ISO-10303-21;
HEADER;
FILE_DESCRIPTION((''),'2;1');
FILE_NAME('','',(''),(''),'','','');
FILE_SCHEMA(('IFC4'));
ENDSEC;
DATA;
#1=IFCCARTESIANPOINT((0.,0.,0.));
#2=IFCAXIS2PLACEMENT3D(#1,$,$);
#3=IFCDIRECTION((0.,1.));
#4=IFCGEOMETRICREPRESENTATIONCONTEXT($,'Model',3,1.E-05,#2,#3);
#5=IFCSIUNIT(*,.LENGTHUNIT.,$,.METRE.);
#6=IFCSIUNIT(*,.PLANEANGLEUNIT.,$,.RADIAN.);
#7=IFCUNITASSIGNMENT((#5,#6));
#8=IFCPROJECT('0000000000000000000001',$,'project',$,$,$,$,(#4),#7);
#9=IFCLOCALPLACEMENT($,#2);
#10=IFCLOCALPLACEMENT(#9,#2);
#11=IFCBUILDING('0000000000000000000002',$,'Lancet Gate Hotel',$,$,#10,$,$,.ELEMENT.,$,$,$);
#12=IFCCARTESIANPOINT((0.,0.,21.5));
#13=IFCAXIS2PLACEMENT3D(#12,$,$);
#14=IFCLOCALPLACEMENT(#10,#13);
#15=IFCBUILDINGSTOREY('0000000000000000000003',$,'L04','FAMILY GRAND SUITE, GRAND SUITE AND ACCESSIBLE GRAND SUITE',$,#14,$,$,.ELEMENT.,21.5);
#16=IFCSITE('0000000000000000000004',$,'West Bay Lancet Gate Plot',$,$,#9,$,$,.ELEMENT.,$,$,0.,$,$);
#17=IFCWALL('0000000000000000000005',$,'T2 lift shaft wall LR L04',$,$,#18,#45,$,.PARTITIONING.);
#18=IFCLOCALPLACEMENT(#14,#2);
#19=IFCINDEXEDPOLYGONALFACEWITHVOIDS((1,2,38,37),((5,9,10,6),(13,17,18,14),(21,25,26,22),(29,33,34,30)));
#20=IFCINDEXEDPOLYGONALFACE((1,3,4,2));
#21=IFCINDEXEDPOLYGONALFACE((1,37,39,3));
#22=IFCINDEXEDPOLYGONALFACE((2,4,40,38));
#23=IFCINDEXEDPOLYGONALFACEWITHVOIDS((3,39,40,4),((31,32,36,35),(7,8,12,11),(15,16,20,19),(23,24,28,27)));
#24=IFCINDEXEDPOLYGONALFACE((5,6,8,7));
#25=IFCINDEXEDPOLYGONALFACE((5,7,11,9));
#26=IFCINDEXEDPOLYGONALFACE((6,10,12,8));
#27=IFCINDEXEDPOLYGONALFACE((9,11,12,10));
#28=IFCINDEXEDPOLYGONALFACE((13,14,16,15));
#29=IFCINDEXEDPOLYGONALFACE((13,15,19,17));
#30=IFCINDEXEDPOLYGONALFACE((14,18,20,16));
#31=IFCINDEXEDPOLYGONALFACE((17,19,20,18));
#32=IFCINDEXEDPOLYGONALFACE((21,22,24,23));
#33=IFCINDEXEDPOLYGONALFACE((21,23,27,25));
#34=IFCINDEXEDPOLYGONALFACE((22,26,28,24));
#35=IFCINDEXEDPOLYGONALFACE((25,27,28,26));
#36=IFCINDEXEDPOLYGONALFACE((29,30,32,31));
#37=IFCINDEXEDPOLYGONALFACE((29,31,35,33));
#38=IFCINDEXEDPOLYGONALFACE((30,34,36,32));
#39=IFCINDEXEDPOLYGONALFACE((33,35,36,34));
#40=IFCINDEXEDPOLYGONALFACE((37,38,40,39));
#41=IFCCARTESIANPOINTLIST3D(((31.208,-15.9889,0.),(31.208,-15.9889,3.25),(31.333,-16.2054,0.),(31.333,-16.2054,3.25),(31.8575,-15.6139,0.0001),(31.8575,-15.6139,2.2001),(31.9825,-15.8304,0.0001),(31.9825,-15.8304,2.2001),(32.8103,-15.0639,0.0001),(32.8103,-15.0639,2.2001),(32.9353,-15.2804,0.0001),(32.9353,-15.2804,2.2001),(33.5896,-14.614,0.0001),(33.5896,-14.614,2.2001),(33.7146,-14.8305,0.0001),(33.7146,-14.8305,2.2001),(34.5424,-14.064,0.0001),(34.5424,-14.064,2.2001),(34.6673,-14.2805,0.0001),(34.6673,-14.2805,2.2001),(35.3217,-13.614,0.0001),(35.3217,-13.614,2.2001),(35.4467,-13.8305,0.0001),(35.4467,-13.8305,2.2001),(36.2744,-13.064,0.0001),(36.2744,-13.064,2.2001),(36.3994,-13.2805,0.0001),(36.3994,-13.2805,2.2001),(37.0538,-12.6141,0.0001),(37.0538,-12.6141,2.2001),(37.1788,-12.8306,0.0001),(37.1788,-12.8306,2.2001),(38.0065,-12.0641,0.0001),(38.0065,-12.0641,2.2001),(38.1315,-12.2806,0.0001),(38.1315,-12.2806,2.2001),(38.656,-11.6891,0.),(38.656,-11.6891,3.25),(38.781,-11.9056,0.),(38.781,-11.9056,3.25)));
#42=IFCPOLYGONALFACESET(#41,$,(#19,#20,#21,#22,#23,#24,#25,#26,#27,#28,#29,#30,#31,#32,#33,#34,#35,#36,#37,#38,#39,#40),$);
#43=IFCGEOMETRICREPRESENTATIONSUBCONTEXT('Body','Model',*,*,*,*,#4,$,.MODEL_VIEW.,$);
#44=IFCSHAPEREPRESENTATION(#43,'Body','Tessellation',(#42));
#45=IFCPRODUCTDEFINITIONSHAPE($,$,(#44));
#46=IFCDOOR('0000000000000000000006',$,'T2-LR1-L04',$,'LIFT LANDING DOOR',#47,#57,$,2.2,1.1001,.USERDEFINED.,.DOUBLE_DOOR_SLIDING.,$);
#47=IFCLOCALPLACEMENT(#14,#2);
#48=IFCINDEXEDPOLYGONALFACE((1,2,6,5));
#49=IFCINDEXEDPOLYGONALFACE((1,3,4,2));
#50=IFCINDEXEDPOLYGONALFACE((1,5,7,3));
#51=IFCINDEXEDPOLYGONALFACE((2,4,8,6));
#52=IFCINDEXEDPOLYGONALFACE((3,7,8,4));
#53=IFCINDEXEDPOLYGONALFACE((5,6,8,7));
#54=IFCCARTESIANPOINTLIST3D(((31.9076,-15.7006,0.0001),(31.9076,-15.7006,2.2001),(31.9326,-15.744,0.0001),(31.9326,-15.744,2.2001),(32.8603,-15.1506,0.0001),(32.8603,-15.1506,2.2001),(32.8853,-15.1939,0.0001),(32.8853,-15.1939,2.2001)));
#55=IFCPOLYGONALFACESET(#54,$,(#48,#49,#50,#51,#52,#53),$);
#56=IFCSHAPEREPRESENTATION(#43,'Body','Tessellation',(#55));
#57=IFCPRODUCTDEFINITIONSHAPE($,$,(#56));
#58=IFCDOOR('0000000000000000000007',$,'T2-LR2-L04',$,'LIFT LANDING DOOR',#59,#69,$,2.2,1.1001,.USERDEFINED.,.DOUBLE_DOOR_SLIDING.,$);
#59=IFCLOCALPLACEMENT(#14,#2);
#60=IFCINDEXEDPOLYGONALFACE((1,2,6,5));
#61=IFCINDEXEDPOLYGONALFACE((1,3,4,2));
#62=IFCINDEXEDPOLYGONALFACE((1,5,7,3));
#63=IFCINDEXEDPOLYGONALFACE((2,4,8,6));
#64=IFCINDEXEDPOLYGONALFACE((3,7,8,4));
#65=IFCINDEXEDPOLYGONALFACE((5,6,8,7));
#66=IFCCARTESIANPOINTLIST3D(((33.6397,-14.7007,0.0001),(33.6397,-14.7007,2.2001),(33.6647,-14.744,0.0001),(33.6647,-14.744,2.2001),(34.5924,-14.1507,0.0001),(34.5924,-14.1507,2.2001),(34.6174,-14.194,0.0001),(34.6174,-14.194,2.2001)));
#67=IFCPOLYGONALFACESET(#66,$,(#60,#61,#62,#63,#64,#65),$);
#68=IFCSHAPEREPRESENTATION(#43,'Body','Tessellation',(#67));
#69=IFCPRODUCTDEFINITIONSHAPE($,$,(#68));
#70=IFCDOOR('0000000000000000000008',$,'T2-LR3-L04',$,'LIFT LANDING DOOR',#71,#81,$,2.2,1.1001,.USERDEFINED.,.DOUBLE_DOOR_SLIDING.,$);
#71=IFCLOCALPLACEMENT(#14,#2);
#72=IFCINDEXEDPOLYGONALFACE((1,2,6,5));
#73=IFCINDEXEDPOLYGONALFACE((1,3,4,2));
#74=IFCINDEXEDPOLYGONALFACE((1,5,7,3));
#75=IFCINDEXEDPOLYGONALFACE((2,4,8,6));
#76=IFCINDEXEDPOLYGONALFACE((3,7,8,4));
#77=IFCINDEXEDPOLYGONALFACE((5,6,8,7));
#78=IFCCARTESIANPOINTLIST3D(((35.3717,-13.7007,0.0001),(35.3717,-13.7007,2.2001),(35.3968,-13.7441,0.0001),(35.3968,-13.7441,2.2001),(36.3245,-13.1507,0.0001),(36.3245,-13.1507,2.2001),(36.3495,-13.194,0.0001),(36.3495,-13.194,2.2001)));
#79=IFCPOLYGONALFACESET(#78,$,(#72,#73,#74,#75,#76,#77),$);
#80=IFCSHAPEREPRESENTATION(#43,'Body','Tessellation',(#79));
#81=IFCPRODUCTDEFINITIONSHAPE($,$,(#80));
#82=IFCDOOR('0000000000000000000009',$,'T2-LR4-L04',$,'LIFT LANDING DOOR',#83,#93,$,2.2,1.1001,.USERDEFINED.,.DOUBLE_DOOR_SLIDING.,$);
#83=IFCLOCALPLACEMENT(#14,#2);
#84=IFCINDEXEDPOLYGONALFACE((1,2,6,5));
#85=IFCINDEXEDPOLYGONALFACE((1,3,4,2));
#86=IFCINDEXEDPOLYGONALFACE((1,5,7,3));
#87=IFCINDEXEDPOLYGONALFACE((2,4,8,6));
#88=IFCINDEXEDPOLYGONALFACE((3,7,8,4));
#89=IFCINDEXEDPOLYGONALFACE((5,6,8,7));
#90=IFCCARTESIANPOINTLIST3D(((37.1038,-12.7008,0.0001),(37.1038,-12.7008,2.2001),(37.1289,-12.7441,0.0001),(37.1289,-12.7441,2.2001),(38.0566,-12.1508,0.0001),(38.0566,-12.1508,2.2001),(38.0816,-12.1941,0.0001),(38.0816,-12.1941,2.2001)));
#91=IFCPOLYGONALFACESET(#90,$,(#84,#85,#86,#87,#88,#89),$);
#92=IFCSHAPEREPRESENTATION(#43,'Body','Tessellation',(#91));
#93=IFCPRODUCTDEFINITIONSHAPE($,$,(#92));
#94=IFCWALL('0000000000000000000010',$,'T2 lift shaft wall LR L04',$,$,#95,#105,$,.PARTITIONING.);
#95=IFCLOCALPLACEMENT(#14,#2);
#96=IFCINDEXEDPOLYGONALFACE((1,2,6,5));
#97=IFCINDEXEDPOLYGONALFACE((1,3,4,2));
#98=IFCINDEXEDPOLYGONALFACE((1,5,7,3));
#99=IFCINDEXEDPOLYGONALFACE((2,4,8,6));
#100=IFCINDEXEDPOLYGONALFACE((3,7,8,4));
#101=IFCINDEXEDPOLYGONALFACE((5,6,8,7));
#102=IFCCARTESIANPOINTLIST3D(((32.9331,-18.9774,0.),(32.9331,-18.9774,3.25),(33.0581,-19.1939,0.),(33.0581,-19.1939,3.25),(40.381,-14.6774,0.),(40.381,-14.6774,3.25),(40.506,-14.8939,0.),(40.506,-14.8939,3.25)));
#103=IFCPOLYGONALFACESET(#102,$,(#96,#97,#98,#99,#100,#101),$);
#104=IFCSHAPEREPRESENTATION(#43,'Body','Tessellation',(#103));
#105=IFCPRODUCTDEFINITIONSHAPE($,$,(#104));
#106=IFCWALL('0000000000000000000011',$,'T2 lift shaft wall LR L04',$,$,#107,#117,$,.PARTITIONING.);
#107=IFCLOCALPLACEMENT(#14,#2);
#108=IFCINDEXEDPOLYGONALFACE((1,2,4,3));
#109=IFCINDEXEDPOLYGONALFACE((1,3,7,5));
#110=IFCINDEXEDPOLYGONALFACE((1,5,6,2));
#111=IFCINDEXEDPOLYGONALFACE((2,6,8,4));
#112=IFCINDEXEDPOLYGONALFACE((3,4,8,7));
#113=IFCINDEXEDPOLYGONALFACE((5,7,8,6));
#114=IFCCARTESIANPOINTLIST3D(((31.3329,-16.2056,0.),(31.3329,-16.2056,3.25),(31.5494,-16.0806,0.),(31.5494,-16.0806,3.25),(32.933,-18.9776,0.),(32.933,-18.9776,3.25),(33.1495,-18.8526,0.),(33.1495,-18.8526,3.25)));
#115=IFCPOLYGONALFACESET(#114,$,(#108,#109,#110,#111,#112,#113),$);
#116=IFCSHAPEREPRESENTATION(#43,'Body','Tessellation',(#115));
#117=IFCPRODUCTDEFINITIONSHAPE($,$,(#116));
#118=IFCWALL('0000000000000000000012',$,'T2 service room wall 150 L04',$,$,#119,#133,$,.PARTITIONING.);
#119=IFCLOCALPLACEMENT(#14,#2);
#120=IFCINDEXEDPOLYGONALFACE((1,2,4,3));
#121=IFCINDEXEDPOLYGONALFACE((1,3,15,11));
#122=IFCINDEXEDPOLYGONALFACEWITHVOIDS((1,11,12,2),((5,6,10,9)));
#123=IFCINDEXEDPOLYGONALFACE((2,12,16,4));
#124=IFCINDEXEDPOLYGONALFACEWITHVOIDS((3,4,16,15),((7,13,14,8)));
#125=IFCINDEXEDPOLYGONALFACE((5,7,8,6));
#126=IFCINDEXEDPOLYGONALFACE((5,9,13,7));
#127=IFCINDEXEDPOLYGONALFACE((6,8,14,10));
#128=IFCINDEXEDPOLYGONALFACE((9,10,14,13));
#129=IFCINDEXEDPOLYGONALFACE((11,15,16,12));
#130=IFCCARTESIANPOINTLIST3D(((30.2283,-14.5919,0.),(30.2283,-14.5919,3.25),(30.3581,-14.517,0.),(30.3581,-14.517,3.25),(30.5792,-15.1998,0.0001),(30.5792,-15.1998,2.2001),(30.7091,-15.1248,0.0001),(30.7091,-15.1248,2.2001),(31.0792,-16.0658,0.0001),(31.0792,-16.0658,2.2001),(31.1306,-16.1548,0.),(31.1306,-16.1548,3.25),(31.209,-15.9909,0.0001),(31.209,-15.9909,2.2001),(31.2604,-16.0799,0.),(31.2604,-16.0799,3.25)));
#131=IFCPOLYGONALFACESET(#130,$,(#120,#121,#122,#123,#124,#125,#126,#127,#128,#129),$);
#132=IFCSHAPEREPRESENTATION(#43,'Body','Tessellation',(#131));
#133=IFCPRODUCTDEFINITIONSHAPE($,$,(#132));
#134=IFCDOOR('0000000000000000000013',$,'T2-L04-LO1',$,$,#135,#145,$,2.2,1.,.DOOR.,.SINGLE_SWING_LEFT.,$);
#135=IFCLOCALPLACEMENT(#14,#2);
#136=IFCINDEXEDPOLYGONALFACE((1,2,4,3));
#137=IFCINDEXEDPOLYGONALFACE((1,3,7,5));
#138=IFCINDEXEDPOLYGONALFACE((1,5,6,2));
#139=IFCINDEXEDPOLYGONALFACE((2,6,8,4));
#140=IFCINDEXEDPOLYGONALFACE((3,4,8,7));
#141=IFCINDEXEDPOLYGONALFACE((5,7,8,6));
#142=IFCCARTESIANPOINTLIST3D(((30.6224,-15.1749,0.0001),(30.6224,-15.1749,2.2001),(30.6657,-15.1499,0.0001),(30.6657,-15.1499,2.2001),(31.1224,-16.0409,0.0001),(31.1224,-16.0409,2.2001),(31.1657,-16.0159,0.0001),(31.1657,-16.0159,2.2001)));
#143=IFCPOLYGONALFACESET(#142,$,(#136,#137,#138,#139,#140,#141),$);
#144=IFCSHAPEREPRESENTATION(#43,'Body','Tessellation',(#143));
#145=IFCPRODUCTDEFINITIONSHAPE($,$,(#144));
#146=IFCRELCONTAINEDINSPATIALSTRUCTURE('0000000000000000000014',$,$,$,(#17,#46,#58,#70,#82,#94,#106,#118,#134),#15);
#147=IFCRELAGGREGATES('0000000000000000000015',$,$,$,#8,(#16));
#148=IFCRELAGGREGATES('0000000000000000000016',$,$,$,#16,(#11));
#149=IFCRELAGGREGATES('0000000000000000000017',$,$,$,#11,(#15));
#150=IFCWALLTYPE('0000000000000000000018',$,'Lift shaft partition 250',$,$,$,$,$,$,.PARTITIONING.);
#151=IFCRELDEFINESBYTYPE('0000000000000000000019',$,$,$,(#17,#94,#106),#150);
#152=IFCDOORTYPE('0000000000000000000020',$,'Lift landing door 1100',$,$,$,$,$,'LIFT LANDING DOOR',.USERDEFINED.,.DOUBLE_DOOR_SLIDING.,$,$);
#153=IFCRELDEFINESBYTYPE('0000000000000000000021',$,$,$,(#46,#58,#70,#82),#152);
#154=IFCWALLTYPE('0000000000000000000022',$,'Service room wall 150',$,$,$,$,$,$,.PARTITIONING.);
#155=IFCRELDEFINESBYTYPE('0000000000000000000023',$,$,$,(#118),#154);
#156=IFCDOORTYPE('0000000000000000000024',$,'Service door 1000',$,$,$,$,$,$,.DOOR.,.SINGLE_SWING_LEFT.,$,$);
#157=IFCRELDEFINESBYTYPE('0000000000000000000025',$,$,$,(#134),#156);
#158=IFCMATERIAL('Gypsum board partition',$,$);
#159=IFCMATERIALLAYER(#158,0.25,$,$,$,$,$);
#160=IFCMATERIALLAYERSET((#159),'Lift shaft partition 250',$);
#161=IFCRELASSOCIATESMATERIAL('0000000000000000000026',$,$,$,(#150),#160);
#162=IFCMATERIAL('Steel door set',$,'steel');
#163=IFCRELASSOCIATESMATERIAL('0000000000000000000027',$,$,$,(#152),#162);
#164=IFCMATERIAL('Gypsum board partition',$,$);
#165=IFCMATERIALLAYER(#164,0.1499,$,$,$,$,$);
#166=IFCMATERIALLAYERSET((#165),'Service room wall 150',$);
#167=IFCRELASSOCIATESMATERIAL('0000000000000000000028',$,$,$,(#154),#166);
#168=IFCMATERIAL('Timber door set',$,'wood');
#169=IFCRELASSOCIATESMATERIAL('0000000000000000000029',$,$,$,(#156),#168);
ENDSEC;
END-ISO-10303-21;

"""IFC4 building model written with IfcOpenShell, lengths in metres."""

from ifc_helpers import new_model, si_unit, direction, frame, frame_2d, origin, place, context, subcontext, project, spatial, rectangle, extrude, material, layer, layer_set, type_object, element, fill, save


model = new_model("IFC4")

# Units and contexts
model_context = context("Model", 3, precision=1e-05, world=origin(), true_north=direction((0.0, 1.0)))
body_context = subcontext(model_context, "Body", "Model", "MODEL_VIEW")
ifc_project = project(units=[si_unit("LENGTHUNIT", "METRE"), si_unit("PLANEANGLEUNIT", "RADIAN")], contexts=[model_context])

# Site, building, storey
site_placement = place(None, origin())
site = spatial("IfcSite", under=ifc_project, at=site_placement, Name="West Bay Lancet Gate Plot", CompositionType="ELEMENT", RefElevation=0.0)
building_placement = place(site_placement, origin())
building = spatial("IfcBuilding", under=site, at=building_placement, Name="Lancet Gate Hotel", CompositionType="ELEMENT")
storey_placement = place(building_placement, frame((0.0, 0.0, 21.5)))
storey = spatial("IfcBuildingStorey", under=building, at=storey_placement, Name="L04", Description="FAMILY GRAND SUITE, GRAND SUITE AND ACCESSIBLE GRAND SUITE", CompositionType="ELEMENT", Elevation=21.5)

# Wall, openings, doors
ifc_material_1 = material(Name="Gypsum board partition")
ifc_layer_1 = layer(ifc_material_1, 0.25)
ifc_layer_set_1 = layer_set([ifc_layer_1], Name="Lift shaft partition 250")
wall_type_1 = type_object("IfcWallType", Name="Lift shaft partition 250", PredefinedType="PARTITIONING", material=ifc_layer_set_1)
wall_1_placement = place(storey_placement, frame((31.2705, -16.0972, 0.0), z_axis=(0.0, 0.0, 1.0), x_axis=(0.86604, 0.499974, 0.0)))
wall_1 = element("IfcWall", 1, at=wall_1_placement, inside=storey, type_object=wall_type_1, Name="T2 lift shaft wall LR L04", PredefinedType="PARTITIONING", context=body_context, shape_type="SweptSolid", body=[
    extrude(rectangle(XDim=8.6001, YDim=0.25, at=frame_2d((4.3, 0.0))), origin(), (0.0, 0.0, 1.0), 3.25),
])
opening_1_placement = place(wall_1_placement, frame((0.75, 0.0, 0.0)))
opening_1 = element("IfcOpeningElement", 2, at=opening_1_placement, cuts=wall_1, PredefinedType="OPENING", context=body_context, shape_type="SweptSolid", body=[
    extrude(rectangle(XDim=1.1001, YDim=2.2, at=frame_2d((0.55, 1.1001))), frame((0.0, 0.135, 0.0), z_axis=(0.0, -1.0, 0.0), x_axis=(1.0, 0.0, 0.0)), (0.0, 0.0, 1.0), 0.27),
])
opening_2_placement = place(wall_1_placement, frame((2.75, 0.0, 0.0)))
opening_2 = element("IfcOpeningElement", 3, at=opening_2_placement, cuts=wall_1, PredefinedType="OPENING", context=body_context, shape_type="SweptSolid", body=[
    extrude(rectangle(XDim=1.1001, YDim=2.2, at=frame_2d((0.55, 1.1001))), frame((0.0, 0.135, 0.0), z_axis=(0.0, -1.0, 0.0), x_axis=(1.0, 0.0, 0.0)), (0.0, 0.0, 1.0), 0.27),
])
opening_3_placement = place(wall_1_placement, frame((4.75, 0.0, 0.0)))
opening_3 = element("IfcOpeningElement", 4, at=opening_3_placement, cuts=wall_1, PredefinedType="OPENING", context=body_context, shape_type="SweptSolid", body=[
    extrude(rectangle(XDim=1.1001, YDim=2.2, at=frame_2d((0.55, 1.1001))), frame((0.0, 0.135, 0.0), z_axis=(0.0, -1.0, 0.0), x_axis=(1.0, 0.0, 0.0)), (0.0, 0.0, 1.0), 0.27),
])
opening_4_placement = place(wall_1_placement, frame((6.75, 0.0, 0.0)))
opening_4 = element("IfcOpeningElement", 5, at=opening_4_placement, cuts=wall_1, PredefinedType="OPENING", context=body_context, shape_type="SweptSolid", body=[
    extrude(rectangle(XDim=1.1001, YDim=2.2, at=frame_2d((0.55, 1.1001))), frame((0.0, 0.135, 0.0), z_axis=(0.0, -1.0, 0.0), x_axis=(1.0, 0.0, 0.0)), (0.0, 0.0, 1.0), 0.27),
])
ifc_material_2 = material(Name="Steel door set", Category="steel")
door_type_1 = type_object("IfcDoorType", Name="Lift landing door 1100", ElementType="LIFT LANDING DOOR", OperationType="DOUBLE_DOOR_SLIDING", PredefinedType="USERDEFINED", material=ifc_material_2)
door_1_placement = place(opening_1_placement, origin())
door_1 = element("IfcDoor", 6, at=door_1_placement, inside=storey, type_object=door_type_1, Name="T2-LR1-L04", ObjectType="LIFT LANDING DOOR", OperationType="DOUBLE_DOOR_SLIDING", OverallHeight=2.2, OverallWidth=1.1001, PredefinedType="USERDEFINED", context=body_context, shape_type="SweptSolid", body=[
    extrude(rectangle(XDim=1.1001, YDim=2.2, at=frame_2d((0.55, 1.1001))), frame((0.0, 0.0249, 0.0), z_axis=(0.0, -1.0, 0.0), x_axis=(1.0, 0.0, 0.0)), (0.0, 0.0, 1.0), 0.05),
])
fill(opening_1, door_1)
door_2_placement = place(opening_2_placement, origin())
door_2 = element("IfcDoor", 7, at=door_2_placement, inside=storey, type_object=door_type_1, Name="T2-LR2-L04", ObjectType="LIFT LANDING DOOR", OperationType="DOUBLE_DOOR_SLIDING", OverallHeight=2.2, OverallWidth=1.1001, PredefinedType="USERDEFINED", context=body_context, shape_type="SweptSolid", body=[
    extrude(rectangle(XDim=1.1001, YDim=2.2, at=frame_2d((0.55, 1.1001))), frame((0.0, 0.0249, 0.0), z_axis=(0.0, -1.0, 0.0), x_axis=(1.0, 0.0, 0.0)), (0.0, 0.0, 1.0), 0.05),
])
fill(opening_2, door_2)
door_3_placement = place(opening_3_placement, origin())
door_3 = element("IfcDoor", 8, at=door_3_placement, inside=storey, type_object=door_type_1, Name="T2-LR3-L04", ObjectType="LIFT LANDING DOOR", OperationType="DOUBLE_DOOR_SLIDING", OverallHeight=2.2, OverallWidth=1.1001, PredefinedType="USERDEFINED", context=body_context, shape_type="SweptSolid", body=[
    extrude(rectangle(XDim=1.1001, YDim=2.2, at=frame_2d((0.55, 1.1001))), frame((0.0, 0.0249, 0.0), z_axis=(0.0, -1.0, 0.0), x_axis=(1.0, 0.0, 0.0)), (0.0, 0.0, 1.0), 0.05),
])
fill(opening_3, door_3)
door_4_placement = place(opening_4_placement, origin())
door_4 = element("IfcDoor", 9, at=door_4_placement, inside=storey, type_object=door_type_1, Name="T2-LR4-L04", ObjectType="LIFT LANDING DOOR", OperationType="DOUBLE_DOOR_SLIDING", OverallHeight=2.2, OverallWidth=1.1001, PredefinedType="USERDEFINED", context=body_context, shape_type="SweptSolid", body=[
    extrude(rectangle(XDim=1.1001, YDim=2.2, at=frame_2d((0.55, 1.1001))), frame((0.0, 0.0249, 0.0), z_axis=(0.0, -1.0, 0.0), x_axis=(1.0, 0.0, 0.0)), (0.0, 0.0, 1.0), 0.05),
])
fill(opening_4, door_4)

# Walls
wall_2_placement = place(storey_placement, frame((32.9956, -19.0857, 0.0), z_axis=(0.0, 0.0, 1.0), x_axis=(0.866028, 0.499995, 0.0)))
element("IfcWall", 10, at=wall_2_placement, inside=storey, type_object=wall_type_1, Name="T2 lift shaft wall LR L04", PredefinedType="PARTITIONING", context=body_context, shape_type="SweptSolid", body=[
    extrude(rectangle(XDim=8.6001, YDim=0.25, at=frame_2d((4.3, 0.0))), origin(), (0.0, 0.0, 1.0), 3.25),
])
wall_3_placement = place(storey_placement, frame((31.4412, -16.1431, 0.0), z_axis=(0.0, 0.0, 1.0), x_axis=(0.499929, -0.866066, 0.0)))
element("IfcWall", 11, at=wall_3_placement, inside=storey, type_object=wall_type_1, Name="T2 lift shaft wall LR L04", PredefinedType="PARTITIONING", context=body_context, shape_type="SweptSolid", body=[
    extrude(rectangle(XDim=3.2007, YDim=0.25, at=frame_2d((1.6003, 0.0))), origin(), (0.0, 0.0, 1.0), 3.25),
])

# Wall, opening, door
ifc_material_3 = material(Name="Gypsum board partition")
ifc_layer_2 = layer(ifc_material_3, 0.1499)
ifc_layer_set_2 = layer_set([ifc_layer_2], Name="Service room wall 150")
wall_type_2 = type_object("IfcWallType", Name="Service room wall 150", PredefinedType="PARTITIONING", material=ifc_layer_set_2)
wall_4_placement = place(storey_placement, frame((30.2932, -14.5544, 0.0), z_axis=(0.0, 0.0, 1.0), x_axis=(0.49998, -0.866037, 0.0)))
wall_4 = element("IfcWall", 12, at=wall_4_placement, inside=storey, type_object=wall_type_2, Name="T2 service room wall 150 L04", PredefinedType="PARTITIONING", context=body_context, shape_type="SweptSolid", body=[
    extrude(rectangle(XDim=1.8047, YDim=0.1499, at=frame_2d((0.9023, 0.0))), origin(), (0.0, 0.0, 1.0), 3.25),
])
opening_5_placement = place(wall_4_placement, frame((0.7019, 0.0, 0.0)))
opening_5 = element("IfcOpeningElement", 13, at=opening_5_placement, cuts=wall_4, PredefinedType="OPENING", context=body_context, shape_type="SweptSolid", body=[
    extrude(rectangle(XDim=1.0, YDim=2.2, at=frame_2d((0.5, 1.1001))), frame((0.0, 0.085, 0.0), z_axis=(0.0, -1.0, 0.0), x_axis=(1.0, 0.0, 0.0)), (0.0, 0.0, 1.0), 0.1699),
])
ifc_material_4 = material(Name="Timber door set", Category="wood")
door_type_2 = type_object("IfcDoorType", Name="Service door 1000", OperationType="SINGLE_SWING_LEFT", PredefinedType="DOOR", material=ifc_material_4)
door_5_placement = place(opening_5_placement, origin())
door_5 = element("IfcDoor", 14, at=door_5_placement, inside=storey, type_object=door_type_2, Name="T2-L04-LO1", OperationType="SINGLE_SWING_LEFT", OverallHeight=2.2, OverallWidth=1.0, PredefinedType="DOOR", context=body_context, shape_type="SweptSolid", body=[
    extrude(rectangle(XDim=1.0, YDim=2.2, at=frame_2d((0.5, 1.1001))), frame((0.0, 0.0249, 0.0), z_axis=(0.0, -1.0, 0.0), x_axis=(1.0, 0.0, 0.0)), (0.0, 0.0, 1.0), 0.05),
])
fill(opening_5, door_5)

save(model, "model.ifc")
